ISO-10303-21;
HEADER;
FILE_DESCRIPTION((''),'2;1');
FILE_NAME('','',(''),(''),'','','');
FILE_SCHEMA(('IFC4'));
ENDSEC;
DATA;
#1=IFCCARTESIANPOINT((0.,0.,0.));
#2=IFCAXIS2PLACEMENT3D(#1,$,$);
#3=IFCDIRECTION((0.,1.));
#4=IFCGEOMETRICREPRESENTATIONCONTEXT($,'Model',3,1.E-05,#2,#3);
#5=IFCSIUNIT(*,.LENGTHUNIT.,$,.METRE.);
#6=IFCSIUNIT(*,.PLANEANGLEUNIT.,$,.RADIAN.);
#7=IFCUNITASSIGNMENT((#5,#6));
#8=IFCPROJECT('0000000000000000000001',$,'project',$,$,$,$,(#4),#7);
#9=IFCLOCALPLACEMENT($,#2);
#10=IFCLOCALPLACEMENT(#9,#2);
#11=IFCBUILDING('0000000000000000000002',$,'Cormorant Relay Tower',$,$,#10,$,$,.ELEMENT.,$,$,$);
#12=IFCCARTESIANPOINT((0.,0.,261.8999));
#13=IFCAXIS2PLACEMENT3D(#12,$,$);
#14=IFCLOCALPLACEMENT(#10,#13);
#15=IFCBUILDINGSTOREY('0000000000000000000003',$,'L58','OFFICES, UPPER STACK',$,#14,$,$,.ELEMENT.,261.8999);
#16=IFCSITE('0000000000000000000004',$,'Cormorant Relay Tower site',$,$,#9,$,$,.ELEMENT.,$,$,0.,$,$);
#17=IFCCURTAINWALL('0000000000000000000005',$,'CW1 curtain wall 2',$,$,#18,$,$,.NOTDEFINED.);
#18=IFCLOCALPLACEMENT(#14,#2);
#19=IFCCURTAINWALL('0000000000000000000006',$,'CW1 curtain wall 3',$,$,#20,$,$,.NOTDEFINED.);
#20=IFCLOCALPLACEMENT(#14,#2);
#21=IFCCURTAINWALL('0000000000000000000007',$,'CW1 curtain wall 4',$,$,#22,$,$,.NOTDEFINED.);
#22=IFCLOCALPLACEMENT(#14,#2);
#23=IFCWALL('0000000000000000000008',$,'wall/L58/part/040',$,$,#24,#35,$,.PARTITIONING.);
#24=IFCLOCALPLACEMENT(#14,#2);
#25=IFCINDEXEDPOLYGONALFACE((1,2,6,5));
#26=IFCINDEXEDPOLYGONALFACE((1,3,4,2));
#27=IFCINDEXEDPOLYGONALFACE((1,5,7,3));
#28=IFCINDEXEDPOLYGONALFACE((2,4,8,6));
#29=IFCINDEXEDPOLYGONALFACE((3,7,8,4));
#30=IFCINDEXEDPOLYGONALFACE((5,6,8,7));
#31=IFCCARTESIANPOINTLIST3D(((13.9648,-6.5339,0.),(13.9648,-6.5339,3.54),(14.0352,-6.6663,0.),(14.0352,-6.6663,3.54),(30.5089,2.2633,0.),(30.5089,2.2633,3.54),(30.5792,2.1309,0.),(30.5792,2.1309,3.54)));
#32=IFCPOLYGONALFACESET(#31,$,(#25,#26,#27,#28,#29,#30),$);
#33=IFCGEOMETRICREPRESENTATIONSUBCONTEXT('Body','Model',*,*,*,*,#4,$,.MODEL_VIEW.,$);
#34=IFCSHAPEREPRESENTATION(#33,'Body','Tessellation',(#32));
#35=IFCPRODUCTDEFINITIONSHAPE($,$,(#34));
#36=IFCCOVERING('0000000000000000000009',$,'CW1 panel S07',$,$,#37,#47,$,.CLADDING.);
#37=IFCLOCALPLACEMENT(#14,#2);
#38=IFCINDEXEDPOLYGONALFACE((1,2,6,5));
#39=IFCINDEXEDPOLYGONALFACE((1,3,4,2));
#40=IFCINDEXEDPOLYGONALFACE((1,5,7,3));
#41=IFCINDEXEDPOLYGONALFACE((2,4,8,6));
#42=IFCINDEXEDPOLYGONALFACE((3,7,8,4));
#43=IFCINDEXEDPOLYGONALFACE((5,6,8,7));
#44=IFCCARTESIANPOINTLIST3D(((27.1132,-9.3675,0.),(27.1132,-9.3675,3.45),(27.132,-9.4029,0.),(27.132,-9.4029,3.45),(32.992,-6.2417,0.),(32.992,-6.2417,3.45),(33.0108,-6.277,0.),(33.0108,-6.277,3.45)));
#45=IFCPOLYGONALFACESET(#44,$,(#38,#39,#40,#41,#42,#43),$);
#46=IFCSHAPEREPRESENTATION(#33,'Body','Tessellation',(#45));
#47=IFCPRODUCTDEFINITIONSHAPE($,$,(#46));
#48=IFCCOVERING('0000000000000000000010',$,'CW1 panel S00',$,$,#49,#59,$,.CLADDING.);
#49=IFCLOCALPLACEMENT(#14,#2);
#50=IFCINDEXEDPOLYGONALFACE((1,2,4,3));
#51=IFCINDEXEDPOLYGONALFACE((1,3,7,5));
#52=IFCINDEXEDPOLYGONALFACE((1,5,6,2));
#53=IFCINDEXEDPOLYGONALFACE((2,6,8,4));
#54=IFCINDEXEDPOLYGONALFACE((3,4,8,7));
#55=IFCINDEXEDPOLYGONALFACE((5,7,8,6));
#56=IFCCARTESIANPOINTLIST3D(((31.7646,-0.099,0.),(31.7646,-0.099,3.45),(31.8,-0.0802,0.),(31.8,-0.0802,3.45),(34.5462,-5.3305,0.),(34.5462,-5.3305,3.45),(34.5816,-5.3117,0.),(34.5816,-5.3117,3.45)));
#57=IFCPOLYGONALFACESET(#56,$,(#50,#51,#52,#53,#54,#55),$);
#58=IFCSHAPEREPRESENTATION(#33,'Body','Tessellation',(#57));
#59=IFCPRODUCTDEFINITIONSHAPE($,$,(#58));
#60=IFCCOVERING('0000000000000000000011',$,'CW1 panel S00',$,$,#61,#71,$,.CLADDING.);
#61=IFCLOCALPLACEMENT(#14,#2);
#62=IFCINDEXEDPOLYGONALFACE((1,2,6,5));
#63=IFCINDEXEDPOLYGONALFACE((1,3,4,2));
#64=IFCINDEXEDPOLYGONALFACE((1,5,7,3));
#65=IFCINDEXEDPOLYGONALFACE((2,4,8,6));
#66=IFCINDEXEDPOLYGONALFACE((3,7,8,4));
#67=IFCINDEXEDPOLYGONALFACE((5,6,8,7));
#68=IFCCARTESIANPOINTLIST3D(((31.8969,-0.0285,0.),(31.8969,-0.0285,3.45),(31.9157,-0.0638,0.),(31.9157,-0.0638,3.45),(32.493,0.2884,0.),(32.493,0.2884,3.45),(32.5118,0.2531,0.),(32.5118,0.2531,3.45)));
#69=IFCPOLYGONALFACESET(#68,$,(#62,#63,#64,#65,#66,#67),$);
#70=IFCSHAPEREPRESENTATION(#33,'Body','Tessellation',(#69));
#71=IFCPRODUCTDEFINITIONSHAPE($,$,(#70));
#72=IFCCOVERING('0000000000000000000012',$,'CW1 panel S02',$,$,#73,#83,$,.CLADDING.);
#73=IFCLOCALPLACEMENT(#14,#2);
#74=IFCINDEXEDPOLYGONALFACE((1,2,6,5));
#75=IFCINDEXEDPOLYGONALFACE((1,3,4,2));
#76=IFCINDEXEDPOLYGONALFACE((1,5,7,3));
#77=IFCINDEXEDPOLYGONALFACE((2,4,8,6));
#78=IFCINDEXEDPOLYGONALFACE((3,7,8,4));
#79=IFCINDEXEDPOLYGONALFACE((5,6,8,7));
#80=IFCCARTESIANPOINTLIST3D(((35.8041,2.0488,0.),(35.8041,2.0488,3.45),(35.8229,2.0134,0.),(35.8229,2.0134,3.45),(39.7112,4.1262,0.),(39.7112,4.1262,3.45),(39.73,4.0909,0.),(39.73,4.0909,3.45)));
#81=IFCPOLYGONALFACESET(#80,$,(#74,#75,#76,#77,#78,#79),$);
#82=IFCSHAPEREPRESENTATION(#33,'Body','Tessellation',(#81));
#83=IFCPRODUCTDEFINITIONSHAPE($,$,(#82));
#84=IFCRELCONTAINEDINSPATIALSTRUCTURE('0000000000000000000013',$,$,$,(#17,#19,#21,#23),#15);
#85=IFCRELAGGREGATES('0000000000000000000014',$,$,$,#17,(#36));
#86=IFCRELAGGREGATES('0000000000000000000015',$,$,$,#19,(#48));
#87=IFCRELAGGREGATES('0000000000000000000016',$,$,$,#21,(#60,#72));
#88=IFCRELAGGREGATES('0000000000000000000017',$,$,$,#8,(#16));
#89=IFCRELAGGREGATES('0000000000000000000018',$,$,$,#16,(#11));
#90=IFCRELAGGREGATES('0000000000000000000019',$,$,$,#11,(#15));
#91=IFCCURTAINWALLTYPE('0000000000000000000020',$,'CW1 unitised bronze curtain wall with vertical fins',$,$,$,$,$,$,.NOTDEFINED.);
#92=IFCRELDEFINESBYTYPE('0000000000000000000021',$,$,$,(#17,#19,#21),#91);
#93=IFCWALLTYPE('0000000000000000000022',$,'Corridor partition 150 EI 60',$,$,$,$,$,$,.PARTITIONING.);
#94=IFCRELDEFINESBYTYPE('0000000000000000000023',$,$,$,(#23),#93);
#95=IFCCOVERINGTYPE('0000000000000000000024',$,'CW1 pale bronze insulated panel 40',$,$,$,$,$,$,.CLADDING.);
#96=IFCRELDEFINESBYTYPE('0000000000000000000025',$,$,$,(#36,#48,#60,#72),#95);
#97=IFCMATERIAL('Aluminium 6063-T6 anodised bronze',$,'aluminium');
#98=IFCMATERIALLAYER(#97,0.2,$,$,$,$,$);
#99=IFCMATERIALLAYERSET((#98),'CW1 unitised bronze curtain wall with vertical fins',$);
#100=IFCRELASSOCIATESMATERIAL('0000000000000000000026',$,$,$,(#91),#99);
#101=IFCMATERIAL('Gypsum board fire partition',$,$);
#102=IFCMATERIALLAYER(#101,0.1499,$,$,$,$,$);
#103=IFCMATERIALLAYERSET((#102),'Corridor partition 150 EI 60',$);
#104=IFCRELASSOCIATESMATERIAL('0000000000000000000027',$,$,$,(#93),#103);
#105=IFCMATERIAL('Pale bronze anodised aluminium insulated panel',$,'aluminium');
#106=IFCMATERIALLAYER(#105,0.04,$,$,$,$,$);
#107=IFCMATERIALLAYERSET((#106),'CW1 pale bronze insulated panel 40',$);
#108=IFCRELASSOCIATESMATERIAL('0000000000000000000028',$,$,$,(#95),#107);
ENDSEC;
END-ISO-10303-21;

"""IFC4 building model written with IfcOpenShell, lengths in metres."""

from ifc_helpers import new_model, si_unit, direction, frame, frame_2d, origin, origin_2d, place, context, subcontext, project, spatial, rectangle, extrude, material, layer, layer_set, type_object, element, aggregate, save


model = new_model("IFC4")

# Units and contexts
model_context = context("Model", 3, precision=1e-05, world=origin(), true_north=direction((0.0, 1.0)))
body_context = subcontext(model_context, "Body", "Model", "MODEL_VIEW")
ifc_project = project(units=[si_unit("LENGTHUNIT", "METRE"), si_unit("PLANEANGLEUNIT", "RADIAN")], contexts=[model_context])

# Site, building, storey
site_placement = place(None, origin())
site = spatial("IfcSite", under=ifc_project, at=site_placement, Name="Cormorant Relay Tower site", CompositionType="ELEMENT", RefElevation=0.0)
building_placement = place(site_placement, origin())
building = spatial("IfcBuilding", under=site, at=building_placement, Name="Cormorant Relay Tower", CompositionType="ELEMENT")
storey_placement = place(building_placement, frame((0.0, 0.0, 261.8999)))
storey = spatial("IfcBuildingStorey", under=building, at=storey_placement, Name="L58", Description="OFFICES, UPPER STACK", CompositionType="ELEMENT", Elevation=261.8999)

# Curtain walls
ifc_material_1 = material(Name="Aluminium 6063-T6 anodised bronze", Category="aluminium")
ifc_layer_1 = layer(ifc_material_1, 0.2)
ifc_layer_set_1 = layer_set([ifc_layer_1], Name="CW1 unitised bronze curtain wall with vertical fins")
curtain_wall_type = type_object("IfcCurtainWallType", Name="CW1 unitised bronze curtain wall with vertical fins", PredefinedType="NOTDEFINED", material=ifc_layer_set_1)
curtain_wall_1_placement = place(storey_placement, origin())
curtain_wall_1 = element("IfcCurtainWall", 1, at=curtain_wall_1_placement, inside=storey, type_object=curtain_wall_type, Name="CW1 curtain wall 2", PredefinedType="NOTDEFINED")
curtain_wall_2_placement = place(storey_placement, origin())
curtain_wall_2 = element("IfcCurtainWall", 2, at=curtain_wall_2_placement, inside=storey, type_object=curtain_wall_type, Name="CW1 curtain wall 3", PredefinedType="NOTDEFINED")

# Curtain wall
curtain_wall_3_placement = place(storey_placement, origin())
curtain_wall_3 = element("IfcCurtainWall", 3, at=curtain_wall_3_placement, inside=storey, type_object=curtain_wall_type, Name="CW1 curtain wall 4", PredefinedType="NOTDEFINED")

# Shared definitions
ifc_material_2 = material(Name="Gypsum board fire partition")
ifc_layer_2 = layer(ifc_material_2, 0.1499)
ifc_layer_set_2 = layer_set([ifc_layer_2], Name="Corridor partition 150 EI 60")
wall_type_1 = type_object("IfcWallType", Name="Corridor partition 150 EI 60", PredefinedType="PARTITIONING", material=ifc_layer_set_2)

# Wall
wall_1_placement = place(storey_placement, frame((30.5439, 2.197, 0.0), z_axis=(0.0, 0.0, 1.0), x_axis=(-0.882935, -0.469494, 0.0)))
element("IfcWall", 4, at=wall_1_placement, inside=storey, type_object=wall_type_1, Name="wall/L58/part/040", PredefinedType="PARTITIONING", context=body_context, shape_type="SweptSolid", body=[
    extrude(rectangle(XDim=18.7375, YDim=0.1499, at=frame_2d((9.3687, 0.0))), origin(), (0.0, 0.0, 1.0), 3.54),
])

# Coverings
ifc_material_3 = material(Name="Pale bronze anodised aluminium insulated panel", Category="aluminium")
ifc_layer_3 = layer(ifc_material_3, 0.04)
ifc_layer_set_3 = layer_set([ifc_layer_3], Name="CW1 pale bronze insulated panel 40")
covering_type = type_object("IfcCoveringType", Name="CW1 pale bronze insulated panel 40", PredefinedType="CLADDING", material=ifc_layer_set_3)
covering_1_placement = place(storey_placement, frame((30.062, -7.8223, 0.0), z_axis=(0.0, 0.0, 1.0), x_axis=(0.882948, 0.469472, 0.0)))
covering_1 = element("IfcCovering", 5, at=covering_1_placement, type_object=covering_type, Name="CW1 panel S07", PredefinedType="CLADDING", context=body_context, shape_type="SweptSolid", body=[
    extrude(rectangle(XDim=6.6582, YDim=0.04, at=origin_2d()), origin(), (0.0, 0.0, 1.0), 3.45),
])
aggregate(curtain_wall_1, [covering_1])
covering_2_placement = place(storey_placement, frame((33.1731, -2.7053, 0.0), z_axis=(0.0, 0.0, 1.0), x_axis=(-0.469472, 0.882948, 0.0)))
covering_2 = element("IfcCovering", 6, at=covering_2_placement, type_object=covering_type, Name="CW1 panel S00", PredefinedType="CLADDING", context=body_context, shape_type="SweptSolid", body=[
    extrude(rectangle(XDim=5.925, YDim=0.04, at=origin_2d()), origin(), (0.0, 0.0, 1.0), 3.45),
])
aggregate(curtain_wall_2, [covering_2])
covering_3_placement = place(storey_placement, frame((32.2043, 0.1123, 0.0), z_axis=(0.0, 0.0, 1.0), x_axis=(0.882948, 0.469472, 0.0)))
covering_3 = element("IfcCovering", 7, at=covering_3_placement, type_object=covering_type, Name="CW1 panel S00", PredefinedType="CLADDING", context=body_context, shape_type="SweptSolid", body=[
    extrude(rectangle(XDim=0.675, YDim=0.04, at=origin_2d()), origin(), (0.0, 0.0, 1.0), 3.45),
])
covering_4_placement = place(storey_placement, frame((37.7671, 3.0698, 0.0), z_axis=(0.0, 0.0, 1.0), x_axis=(0.882948, 0.469472, 0.0)))
covering_4 = element("IfcCovering", 8, at=covering_4_placement, type_object=covering_type, Name="CW1 panel S02", PredefinedType="CLADDING", context=body_context, shape_type="SweptSolid", body=[
    extrude(rectangle(XDim=4.425, YDim=0.04, at=origin_2d()), origin(), (0.0, 0.0, 1.0), 3.45),
])
aggregate(curtain_wall_3, [covering_3, covering_4])

save(model, "model.ifc")
